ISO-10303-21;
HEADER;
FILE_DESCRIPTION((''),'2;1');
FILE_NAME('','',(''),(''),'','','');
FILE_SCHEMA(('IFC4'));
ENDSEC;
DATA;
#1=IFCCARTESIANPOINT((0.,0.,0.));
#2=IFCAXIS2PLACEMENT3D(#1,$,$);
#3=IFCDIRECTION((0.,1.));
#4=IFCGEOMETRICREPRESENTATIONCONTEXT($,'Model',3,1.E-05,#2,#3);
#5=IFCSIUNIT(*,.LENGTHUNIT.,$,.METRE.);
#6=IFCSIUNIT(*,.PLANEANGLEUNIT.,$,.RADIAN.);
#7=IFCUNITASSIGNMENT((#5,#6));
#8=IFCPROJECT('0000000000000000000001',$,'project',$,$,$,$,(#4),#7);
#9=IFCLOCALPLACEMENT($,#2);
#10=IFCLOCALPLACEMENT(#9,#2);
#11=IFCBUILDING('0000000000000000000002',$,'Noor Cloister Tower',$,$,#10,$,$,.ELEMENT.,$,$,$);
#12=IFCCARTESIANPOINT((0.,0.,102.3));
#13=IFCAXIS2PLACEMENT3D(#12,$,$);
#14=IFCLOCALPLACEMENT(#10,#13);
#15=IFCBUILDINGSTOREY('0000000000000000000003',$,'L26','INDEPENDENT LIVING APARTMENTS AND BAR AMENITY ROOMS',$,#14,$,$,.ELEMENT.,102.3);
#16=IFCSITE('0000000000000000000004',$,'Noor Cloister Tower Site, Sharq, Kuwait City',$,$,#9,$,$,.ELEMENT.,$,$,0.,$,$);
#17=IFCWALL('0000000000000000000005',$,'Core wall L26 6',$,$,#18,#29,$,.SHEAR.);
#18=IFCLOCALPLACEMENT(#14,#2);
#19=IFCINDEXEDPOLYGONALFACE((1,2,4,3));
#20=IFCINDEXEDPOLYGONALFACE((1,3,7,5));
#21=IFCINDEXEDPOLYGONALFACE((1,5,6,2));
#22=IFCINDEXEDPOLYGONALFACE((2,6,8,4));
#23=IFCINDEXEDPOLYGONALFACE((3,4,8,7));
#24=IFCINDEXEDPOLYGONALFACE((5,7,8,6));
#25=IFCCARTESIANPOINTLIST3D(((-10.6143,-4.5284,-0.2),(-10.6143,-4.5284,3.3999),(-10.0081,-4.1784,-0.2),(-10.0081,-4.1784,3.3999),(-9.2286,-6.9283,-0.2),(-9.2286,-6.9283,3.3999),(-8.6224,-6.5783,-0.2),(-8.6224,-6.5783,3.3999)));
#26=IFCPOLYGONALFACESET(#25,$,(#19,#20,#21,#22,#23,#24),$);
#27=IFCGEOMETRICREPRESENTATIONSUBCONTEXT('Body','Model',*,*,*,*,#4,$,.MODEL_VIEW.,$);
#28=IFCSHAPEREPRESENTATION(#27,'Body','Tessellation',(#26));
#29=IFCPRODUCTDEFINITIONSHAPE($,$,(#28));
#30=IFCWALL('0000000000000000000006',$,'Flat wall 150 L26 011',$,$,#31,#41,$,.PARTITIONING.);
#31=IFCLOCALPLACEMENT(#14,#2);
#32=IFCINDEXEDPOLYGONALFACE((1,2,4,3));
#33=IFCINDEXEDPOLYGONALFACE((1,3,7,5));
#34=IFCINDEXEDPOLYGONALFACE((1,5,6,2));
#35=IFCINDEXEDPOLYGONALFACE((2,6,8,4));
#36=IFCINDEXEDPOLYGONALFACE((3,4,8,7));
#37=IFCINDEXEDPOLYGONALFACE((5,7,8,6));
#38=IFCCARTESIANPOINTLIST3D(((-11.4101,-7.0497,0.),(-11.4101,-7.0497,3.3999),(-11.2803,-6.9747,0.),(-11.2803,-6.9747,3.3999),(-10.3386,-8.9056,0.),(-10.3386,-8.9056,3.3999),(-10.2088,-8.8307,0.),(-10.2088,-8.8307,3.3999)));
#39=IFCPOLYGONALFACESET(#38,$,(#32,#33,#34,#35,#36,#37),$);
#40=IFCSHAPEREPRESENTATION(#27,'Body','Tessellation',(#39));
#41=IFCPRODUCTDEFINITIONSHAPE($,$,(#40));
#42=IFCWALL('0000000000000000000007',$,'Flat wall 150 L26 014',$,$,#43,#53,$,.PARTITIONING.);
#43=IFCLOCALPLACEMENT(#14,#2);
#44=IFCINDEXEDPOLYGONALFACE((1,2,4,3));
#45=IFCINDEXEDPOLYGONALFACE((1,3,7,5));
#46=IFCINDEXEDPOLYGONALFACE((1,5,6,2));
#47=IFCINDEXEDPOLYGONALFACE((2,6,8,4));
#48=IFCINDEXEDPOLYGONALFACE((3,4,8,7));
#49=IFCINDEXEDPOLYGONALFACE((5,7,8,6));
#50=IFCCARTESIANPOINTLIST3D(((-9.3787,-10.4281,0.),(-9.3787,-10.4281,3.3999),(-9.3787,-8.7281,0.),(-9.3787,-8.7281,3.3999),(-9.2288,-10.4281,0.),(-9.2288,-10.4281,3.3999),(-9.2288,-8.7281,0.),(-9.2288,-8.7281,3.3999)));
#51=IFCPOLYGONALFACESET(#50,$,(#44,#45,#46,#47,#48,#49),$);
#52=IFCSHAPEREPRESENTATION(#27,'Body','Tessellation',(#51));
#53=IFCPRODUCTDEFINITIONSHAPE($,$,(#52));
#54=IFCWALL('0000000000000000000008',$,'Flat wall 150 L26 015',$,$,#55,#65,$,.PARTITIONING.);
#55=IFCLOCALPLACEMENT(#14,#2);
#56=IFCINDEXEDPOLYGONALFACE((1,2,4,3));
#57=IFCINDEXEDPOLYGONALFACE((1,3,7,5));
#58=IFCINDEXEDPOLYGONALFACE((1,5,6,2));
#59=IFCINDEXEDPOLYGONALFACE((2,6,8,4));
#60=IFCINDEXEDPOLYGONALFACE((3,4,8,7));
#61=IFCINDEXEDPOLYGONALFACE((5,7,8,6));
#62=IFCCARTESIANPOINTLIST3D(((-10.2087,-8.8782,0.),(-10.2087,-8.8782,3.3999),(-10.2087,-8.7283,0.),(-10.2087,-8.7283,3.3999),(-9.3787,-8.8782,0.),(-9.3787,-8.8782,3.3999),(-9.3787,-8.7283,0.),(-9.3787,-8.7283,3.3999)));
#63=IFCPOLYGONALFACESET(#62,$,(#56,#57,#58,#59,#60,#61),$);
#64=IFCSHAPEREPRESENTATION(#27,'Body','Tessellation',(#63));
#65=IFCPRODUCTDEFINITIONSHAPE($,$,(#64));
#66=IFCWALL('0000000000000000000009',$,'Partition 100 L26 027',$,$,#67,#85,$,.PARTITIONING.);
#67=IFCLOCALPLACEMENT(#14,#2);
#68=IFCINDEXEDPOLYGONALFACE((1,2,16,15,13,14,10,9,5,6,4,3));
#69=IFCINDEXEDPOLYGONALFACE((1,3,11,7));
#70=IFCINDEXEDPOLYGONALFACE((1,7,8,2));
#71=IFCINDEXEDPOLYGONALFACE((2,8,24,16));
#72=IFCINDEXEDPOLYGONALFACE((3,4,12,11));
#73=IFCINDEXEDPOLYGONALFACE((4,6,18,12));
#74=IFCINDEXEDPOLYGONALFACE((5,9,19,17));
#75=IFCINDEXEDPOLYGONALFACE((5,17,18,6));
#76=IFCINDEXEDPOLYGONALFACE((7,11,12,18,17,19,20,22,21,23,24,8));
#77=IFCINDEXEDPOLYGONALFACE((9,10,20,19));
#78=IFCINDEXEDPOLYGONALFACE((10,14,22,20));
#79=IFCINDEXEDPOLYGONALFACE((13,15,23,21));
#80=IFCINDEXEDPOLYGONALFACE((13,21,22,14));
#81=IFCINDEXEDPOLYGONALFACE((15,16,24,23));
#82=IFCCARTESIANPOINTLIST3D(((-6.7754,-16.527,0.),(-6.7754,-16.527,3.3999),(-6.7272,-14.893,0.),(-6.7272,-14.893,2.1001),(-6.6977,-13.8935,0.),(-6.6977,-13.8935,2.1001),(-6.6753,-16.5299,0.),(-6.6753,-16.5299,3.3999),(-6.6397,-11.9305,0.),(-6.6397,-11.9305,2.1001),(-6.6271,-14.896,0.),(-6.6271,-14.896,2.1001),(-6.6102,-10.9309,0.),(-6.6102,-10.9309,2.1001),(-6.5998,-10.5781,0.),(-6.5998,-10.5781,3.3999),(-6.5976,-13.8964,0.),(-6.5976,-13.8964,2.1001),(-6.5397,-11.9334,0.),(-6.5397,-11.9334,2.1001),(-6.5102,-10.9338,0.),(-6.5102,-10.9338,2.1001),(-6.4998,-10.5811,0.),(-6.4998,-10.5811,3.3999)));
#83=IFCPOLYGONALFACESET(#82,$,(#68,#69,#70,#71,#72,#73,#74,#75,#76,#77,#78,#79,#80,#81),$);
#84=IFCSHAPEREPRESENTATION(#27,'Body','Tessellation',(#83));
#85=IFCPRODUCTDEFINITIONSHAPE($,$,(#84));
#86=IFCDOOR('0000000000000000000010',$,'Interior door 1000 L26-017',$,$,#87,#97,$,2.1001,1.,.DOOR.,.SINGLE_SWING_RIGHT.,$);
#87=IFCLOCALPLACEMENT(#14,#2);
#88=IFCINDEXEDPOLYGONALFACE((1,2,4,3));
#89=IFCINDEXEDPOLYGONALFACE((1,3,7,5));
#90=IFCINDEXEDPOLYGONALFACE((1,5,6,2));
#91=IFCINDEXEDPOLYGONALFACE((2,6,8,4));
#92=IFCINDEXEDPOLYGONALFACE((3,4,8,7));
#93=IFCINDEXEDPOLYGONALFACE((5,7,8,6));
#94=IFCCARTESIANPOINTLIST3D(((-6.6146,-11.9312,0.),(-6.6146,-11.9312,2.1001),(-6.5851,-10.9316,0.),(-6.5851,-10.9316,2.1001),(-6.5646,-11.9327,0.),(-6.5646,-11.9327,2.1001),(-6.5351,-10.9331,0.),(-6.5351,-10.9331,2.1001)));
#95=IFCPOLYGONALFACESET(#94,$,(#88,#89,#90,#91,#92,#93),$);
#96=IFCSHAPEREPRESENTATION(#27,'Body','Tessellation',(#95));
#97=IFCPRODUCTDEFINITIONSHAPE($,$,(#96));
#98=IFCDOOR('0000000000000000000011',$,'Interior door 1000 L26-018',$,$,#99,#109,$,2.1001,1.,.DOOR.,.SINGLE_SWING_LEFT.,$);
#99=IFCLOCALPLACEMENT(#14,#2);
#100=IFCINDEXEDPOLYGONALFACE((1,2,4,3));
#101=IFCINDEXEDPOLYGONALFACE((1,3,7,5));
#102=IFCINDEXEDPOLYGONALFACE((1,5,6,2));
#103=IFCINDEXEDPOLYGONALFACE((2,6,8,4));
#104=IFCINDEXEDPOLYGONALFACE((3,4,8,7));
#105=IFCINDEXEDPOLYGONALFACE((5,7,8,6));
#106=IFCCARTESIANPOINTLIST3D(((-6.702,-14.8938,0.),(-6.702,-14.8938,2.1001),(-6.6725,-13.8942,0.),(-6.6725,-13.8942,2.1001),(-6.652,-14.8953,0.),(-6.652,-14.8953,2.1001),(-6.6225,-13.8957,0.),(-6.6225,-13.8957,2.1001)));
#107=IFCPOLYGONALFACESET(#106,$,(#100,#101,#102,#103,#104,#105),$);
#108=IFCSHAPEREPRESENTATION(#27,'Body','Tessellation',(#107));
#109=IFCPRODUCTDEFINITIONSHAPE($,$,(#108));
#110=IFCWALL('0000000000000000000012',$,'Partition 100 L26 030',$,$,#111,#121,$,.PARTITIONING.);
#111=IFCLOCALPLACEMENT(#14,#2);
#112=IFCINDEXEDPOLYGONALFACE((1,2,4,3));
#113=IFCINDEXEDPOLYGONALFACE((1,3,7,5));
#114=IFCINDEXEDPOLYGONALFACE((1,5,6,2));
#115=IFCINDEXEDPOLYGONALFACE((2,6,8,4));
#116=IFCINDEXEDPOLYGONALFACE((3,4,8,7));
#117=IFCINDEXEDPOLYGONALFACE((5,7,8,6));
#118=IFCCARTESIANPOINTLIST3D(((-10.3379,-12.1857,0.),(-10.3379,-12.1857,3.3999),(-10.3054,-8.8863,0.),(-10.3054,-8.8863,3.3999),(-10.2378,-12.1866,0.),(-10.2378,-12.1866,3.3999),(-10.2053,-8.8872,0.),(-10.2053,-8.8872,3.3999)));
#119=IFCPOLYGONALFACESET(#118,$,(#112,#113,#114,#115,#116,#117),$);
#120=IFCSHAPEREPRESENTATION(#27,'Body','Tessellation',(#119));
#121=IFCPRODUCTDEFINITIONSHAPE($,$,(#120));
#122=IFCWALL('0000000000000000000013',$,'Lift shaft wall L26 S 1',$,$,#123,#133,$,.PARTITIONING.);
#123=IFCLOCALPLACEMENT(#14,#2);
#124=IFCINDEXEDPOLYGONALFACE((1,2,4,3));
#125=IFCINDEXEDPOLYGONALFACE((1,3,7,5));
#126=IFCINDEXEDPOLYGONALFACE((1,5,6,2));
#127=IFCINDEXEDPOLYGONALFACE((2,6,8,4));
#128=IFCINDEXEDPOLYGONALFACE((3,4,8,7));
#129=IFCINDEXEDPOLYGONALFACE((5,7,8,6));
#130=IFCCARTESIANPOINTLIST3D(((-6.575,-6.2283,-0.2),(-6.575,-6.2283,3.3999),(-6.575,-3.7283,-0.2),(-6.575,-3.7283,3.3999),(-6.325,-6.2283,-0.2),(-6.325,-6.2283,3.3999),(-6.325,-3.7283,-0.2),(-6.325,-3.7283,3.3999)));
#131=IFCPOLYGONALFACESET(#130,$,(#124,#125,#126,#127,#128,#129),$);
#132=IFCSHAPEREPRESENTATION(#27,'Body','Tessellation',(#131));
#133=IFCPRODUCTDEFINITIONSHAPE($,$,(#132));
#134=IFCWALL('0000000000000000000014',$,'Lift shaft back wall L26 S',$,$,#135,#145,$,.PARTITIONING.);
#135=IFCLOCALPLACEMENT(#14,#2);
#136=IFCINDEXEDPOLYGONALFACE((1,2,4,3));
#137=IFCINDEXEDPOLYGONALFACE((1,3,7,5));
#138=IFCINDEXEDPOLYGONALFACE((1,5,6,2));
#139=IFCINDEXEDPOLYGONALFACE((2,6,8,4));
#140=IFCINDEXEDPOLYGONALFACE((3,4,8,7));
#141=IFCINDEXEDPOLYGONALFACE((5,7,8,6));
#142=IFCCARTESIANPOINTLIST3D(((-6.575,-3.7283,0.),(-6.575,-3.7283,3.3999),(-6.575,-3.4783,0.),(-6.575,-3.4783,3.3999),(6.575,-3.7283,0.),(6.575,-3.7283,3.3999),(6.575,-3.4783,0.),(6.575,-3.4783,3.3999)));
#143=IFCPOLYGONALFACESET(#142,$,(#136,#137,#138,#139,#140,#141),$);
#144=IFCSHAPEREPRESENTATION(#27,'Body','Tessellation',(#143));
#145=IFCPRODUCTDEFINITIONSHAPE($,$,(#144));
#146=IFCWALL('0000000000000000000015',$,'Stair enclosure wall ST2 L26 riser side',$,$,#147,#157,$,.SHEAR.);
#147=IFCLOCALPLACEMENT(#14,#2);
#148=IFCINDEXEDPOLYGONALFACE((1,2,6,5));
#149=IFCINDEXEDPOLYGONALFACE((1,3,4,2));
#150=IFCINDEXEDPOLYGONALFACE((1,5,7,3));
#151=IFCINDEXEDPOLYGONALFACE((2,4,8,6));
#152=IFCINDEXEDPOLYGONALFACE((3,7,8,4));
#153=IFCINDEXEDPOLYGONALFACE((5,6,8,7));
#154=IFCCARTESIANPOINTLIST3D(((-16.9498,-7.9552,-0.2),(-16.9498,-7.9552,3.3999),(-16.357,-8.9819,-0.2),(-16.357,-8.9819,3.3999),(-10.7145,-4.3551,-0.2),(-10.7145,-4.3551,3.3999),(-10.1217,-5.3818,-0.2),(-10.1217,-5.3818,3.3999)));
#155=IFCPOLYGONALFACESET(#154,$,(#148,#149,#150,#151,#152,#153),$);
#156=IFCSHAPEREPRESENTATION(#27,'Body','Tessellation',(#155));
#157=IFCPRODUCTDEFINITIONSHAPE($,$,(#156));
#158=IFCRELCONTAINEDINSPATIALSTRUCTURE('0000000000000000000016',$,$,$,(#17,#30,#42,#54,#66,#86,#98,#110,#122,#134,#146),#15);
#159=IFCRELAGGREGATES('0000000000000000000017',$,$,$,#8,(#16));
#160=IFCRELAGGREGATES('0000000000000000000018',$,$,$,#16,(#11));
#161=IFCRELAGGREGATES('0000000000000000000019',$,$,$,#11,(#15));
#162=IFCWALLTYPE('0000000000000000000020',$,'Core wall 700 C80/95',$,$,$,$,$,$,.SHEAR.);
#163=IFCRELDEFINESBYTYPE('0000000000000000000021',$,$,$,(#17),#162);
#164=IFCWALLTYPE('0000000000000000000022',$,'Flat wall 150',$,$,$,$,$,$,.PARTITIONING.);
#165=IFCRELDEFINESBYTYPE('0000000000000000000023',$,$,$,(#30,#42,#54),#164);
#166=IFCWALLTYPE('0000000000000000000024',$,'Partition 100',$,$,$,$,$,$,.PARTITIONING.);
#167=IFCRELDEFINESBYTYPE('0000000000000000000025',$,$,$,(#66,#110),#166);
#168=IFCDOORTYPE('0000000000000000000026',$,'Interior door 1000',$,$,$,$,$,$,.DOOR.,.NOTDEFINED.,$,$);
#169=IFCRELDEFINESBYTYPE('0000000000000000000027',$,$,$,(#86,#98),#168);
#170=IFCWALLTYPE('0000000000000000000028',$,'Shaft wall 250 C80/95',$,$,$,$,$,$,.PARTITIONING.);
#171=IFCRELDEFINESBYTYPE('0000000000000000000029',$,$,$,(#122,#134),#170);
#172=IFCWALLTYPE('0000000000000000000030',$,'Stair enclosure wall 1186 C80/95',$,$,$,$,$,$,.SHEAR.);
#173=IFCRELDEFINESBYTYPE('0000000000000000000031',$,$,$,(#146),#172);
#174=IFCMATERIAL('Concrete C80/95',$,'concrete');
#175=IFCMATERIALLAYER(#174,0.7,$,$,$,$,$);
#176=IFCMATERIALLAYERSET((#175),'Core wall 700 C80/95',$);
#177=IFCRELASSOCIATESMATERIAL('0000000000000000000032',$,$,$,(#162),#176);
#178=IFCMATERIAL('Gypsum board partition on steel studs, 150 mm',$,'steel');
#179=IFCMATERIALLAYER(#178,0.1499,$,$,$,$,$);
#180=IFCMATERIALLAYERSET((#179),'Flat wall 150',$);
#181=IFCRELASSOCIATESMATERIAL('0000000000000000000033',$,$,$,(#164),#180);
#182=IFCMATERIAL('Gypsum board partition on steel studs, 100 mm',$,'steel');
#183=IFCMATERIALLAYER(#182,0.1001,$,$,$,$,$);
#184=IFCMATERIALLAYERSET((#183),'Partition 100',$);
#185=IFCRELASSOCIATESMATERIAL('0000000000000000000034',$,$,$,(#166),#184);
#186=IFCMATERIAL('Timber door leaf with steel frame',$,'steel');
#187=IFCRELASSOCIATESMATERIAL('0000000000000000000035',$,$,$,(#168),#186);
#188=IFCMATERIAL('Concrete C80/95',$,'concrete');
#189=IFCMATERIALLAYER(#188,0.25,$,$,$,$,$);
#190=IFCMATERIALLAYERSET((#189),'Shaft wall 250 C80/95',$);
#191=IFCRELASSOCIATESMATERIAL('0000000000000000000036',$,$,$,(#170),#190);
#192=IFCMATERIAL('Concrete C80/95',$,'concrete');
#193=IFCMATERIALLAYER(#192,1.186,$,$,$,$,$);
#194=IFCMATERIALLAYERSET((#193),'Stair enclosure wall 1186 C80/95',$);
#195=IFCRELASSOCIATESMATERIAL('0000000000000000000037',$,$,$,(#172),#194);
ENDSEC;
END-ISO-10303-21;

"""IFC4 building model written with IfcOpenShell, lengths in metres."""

from ifc_helpers import new_model, si_unit, direction, frame, frame_2d, origin, place, context, subcontext, project, spatial, rectangle, extrude, material, layer, layer_set, type_object, element, fill, save


model = new_model("IFC4")

# Units and contexts
model_context = context("Model", 3, precision=1e-05, world=origin(), true_north=direction((0.0, 1.0)))
body_context = subcontext(model_context, "Body", "Model", "MODEL_VIEW")
ifc_project = project(units=[si_unit("LENGTHUNIT", "METRE"), si_unit("PLANEANGLEUNIT", "RADIAN")], contexts=[model_context])

# Site, building, storey
site_placement = place(None, origin())
site = spatial("IfcSite", under=ifc_project, at=site_placement, Name="Noor Cloister Tower Site, Sharq, Kuwait City", CompositionType="ELEMENT", RefElevation=0.0)
building_placement = place(site_placement, origin())
building = spatial("IfcBuilding", under=site, at=building_placement, Name="Noor Cloister Tower", CompositionType="ELEMENT")
storey_placement = place(building_placement, frame((0.0, 0.0, 102.3)))
storey = spatial("IfcBuildingStorey", under=building, at=storey_placement, Name="L26", Description="INDEPENDENT LIVING APARTMENTS AND BAR AMENITY ROOMS", CompositionType="ELEMENT", Elevation=102.3)

# Shared definitions
ifc_material_1 = material(Name="Concrete C80/95", Category="concrete")
ifc_layer_1 = layer(ifc_material_1, 0.7)
ifc_layer_set_1 = layer_set([ifc_layer_1], Name="Core wall 700 C80/95")
wall_type_1 = type_object("IfcWallType", Name="Core wall 700 C80/95", PredefinedType="SHEAR", material=ifc_layer_set_1)

# Walls
wall_1_placement = place(storey_placement, frame((-10.3113, -4.3533, -0.2), z_axis=(0.0, 0.0, 1.0), x_axis=(0.500043, -0.866001, 0.0)))
element("IfcWall", 1, at=wall_1_placement, inside=storey, type_object=wall_type_1, Name="Core wall L26 6", PredefinedType="SHEAR", context=body_context, shape_type="SweptSolid", body=[
    extrude(rectangle(XDim=2.7712, YDim=0.7, at=frame_2d((1.3857, 0.0))), origin(), (0.0, 0.0, 1.0), 3.5999),
])
ifc_material_2 = material(Name="Gypsum board partition on steel studs, 150 mm", Category="steel")
ifc_layer_2 = layer(ifc_material_2, 0.1499)
ifc_layer_set_2 = layer_set([ifc_layer_2], Name="Flat wall 150")
wall_type_2 = type_object("IfcWallType", Name="Flat wall 150", PredefinedType="PARTITIONING", material=ifc_layer_set_2)
wall_2_placement = place(storey_placement, frame((-11.3452, -7.0122, 0.0), z_axis=(0.0, 0.0, 1.0), x_axis=(0.499999, -0.866026, 0.0)))
element("IfcWall", 2, at=wall_2_placement, inside=storey, type_object=wall_type_2, Name="Flat wall 150 L26 011", PredefinedType="PARTITIONING", context=body_context, shape_type="SweptSolid", body=[
    extrude(rectangle(XDim=2.1431, YDim=0.1499, at=frame_2d((1.0715, 0.0))), origin(), (0.0, 0.0, 1.0), 3.3999),
])
wall_3_placement = place(storey_placement, frame((-9.3037, -10.4282, 0.0), z_axis=(0.0, 0.0, 1.0), x_axis=(0.0, 1.0, 0.0)))
element("IfcWall", 3, at=wall_3_placement, inside=storey, type_object=wall_type_2, Name="Flat wall 150 L26 014", PredefinedType="PARTITIONING", context=body_context, shape_type="SweptSolid", body=[
    extrude(rectangle(XDim=1.7, YDim=0.1499, at=frame_2d((0.8501, 0.0))), origin(), (0.0, 0.0, 1.0), 3.3999),
])
wall_4_placement = place(storey_placement, frame((-10.2087, -8.8032, 0.0), z_axis=(0.0, 0.0, 1.0), x_axis=(1.0, 0.0, 0.0)))
element("IfcWall", 4, at=wall_4_placement, inside=storey, type_object=wall_type_2, Name="Flat wall 150 L26 015", PredefinedType="PARTITIONING", context=body_context, shape_type="SweptSolid", body=[
    extrude(rectangle(XDim=0.8301, YDim=0.1499, at=frame_2d((0.415, 0.0))), origin(), (0.0, 0.0, 1.0), 3.3999),
])

# Wall, openings, doors
ifc_material_3 = material(Name="Gypsum board partition on steel studs, 100 mm", Category="steel")
ifc_layer_3 = layer(ifc_material_3, 0.1001)
ifc_layer_set_3 = layer_set([ifc_layer_3], Name="Partition 100")
wall_type_3 = type_object("IfcWallType", Name="Partition 100", PredefinedType="PARTITIONING", material=ifc_layer_set_3)
wall_5_placement = place(storey_placement, frame((-6.7253, -16.5283, 0.0), z_axis=(0.0, 0.0, 1.0), x_axis=(0.029495, 0.999565, 0.0)))
wall_5 = element("IfcWall", 5, at=wall_5_placement, inside=storey, type_object=wall_type_3, Name="Partition 100 L26 027", PredefinedType="PARTITIONING", context=body_context, shape_type="SweptSolid", body=[
    extrude(rectangle(XDim=5.9514, YDim=0.1001, at=frame_2d((2.9756, 0.0))), origin(), (0.0, 0.0, 1.0), 3.3999),
])
opening_1_placement = place(wall_5_placement, frame((4.5984, 0.0, 0.0)))
opening_1 = element("IfcOpeningElement", 6, at=opening_1_placement, cuts=wall_5, PredefinedType="OPENING", context=body_context, shape_type="SweptSolid", body=[
    extrude(rectangle(XDim=1.0, YDim=2.1001, at=frame_2d((0.5, 1.05))), frame((0.0, 0.0601, 0.0), z_axis=(0.0, -1.0, 0.0), x_axis=(1.0, 0.0, 0.0)), (0.0, 0.0, 1.0), 0.1201),
])
opening_2_placement = place(wall_5_placement, frame((1.6345, 0.0, 0.0)))
opening_2 = element("IfcOpeningElement", 7, at=opening_2_placement, cuts=wall_5, PredefinedType="OPENING", context=body_context, shape_type="SweptSolid", body=[
    extrude(rectangle(XDim=1.0, YDim=2.1001, at=frame_2d((0.5, 1.05))), frame((0.0, 0.0601, 0.0), z_axis=(0.0, -1.0, 0.0), x_axis=(1.0, 0.0, 0.0)), (0.0, 0.0, 1.0), 0.1201),
])
ifc_material_4 = material(Name="Timber door leaf with steel frame", Category="steel")
door_type_1 = type_object("IfcDoorType", Name="Interior door 1000", OperationType="NOTDEFINED", PredefinedType="DOOR", material=ifc_material_4)
door_1_placement = place(opening_1_placement, origin())
door_1 = element("IfcDoor", 8, at=door_1_placement, inside=storey, type_object=door_type_1, Name="Interior door 1000 L26-017", OperationType="SINGLE_SWING_RIGHT", OverallHeight=2.1001, OverallWidth=1.0, PredefinedType="DOOR", context=body_context, shape_type="SweptSolid", body=[
    extrude(rectangle(XDim=1.0, YDim=2.1001, at=frame_2d((0.5, 1.05))), frame((0.0, 0.0249, 0.0), z_axis=(0.0, -1.0, 0.0), x_axis=(1.0, 0.0, 0.0)), (0.0, 0.0, 1.0), 0.05),
])
fill(opening_1, door_1)
door_2_placement = place(opening_2_placement, origin())
door_2 = element("IfcDoor", 9, at=door_2_placement, inside=storey, type_object=door_type_1, Name="Interior door 1000 L26-018", OperationType="SINGLE_SWING_LEFT", OverallHeight=2.1001, OverallWidth=1.0, PredefinedType="DOOR", context=body_context, shape_type="SweptSolid", body=[
    extrude(rectangle(XDim=1.0, YDim=2.1001, at=frame_2d((0.5, 1.05))), frame((0.0, 0.0249, 0.0), z_axis=(0.0, -1.0, 0.0), x_axis=(1.0, 0.0, 0.0)), (0.0, 0.0, 1.0), 0.05),
])
fill(opening_2, door_2)

# Walls
wall_6_placement = place(storey_placement, frame((-10.2878, -12.1863, 0.0), z_axis=(0.0, 0.0, 1.0), x_axis=(0.009841, 0.999952, 0.0)))
element("IfcWall", 10, at=wall_6_placement, inside=storey, type_object=wall_type_3, Name="Partition 100 L26 030", PredefinedType="PARTITIONING", context=body_context, shape_type="SweptSolid", body=[
    extrude(rectangle(XDim=3.2996, YDim=0.1001, at=frame_2d((1.6499, 0.0))), origin(), (0.0, 0.0, 1.0), 3.3999),
])
ifc_material_5 = material(Name="Concrete C80/95", Category="concrete")
ifc_layer_4 = layer(ifc_material_5, 0.25)
ifc_layer_set_4 = layer_set([ifc_layer_4], Name="Shaft wall 250 C80/95")
wall_type_4 = type_object("IfcWallType", Name="Shaft wall 250 C80/95", PredefinedType="PARTITIONING", material=ifc_layer_set_4)
wall_7_placement = place(storey_placement, frame((-6.45, -6.2283, -0.2), z_axis=(0.0, 0.0, 1.0), x_axis=(0.0, 1.0, 0.0)))
element("IfcWall", 11, at=wall_7_placement, inside=storey, type_object=wall_type_4, Name="Lift shaft wall L26 S 1", PredefinedType="PARTITIONING", context=body_context, shape_type="SweptSolid", body=[
    extrude(rectangle(XDim=2.5, YDim=0.25, at=frame_2d((1.25, 0.0))), origin(), (0.0, 0.0, 1.0), 3.5999),
])
wall_8_placement = place(storey_placement, frame((-6.575, -3.6033, 0.0), z_axis=(0.0, 0.0, 1.0), x_axis=(1.0, 0.0, 0.0)))
element("IfcWall", 12, at=wall_8_placement, inside=storey, type_object=wall_type_4, Name="Lift shaft back wall L26 S", PredefinedType="PARTITIONING", context=body_context, shape_type="SweptSolid", body=[
    extrude(rectangle(XDim=13.1499, YDim=0.25, at=frame_2d((6.575, 0.0))), origin(), (0.0, 0.0, 1.0), 3.3999),
])
ifc_material_6 = material(Name="Concrete C80/95", Category="concrete")
ifc_layer_5 = layer(ifc_material_6, 1.186)
ifc_layer_set_5 = layer_set([ifc_layer_5], Name="Stair enclosure wall 1186 C80/95")
wall_type_5 = type_object("IfcWallType", Name="Stair enclosure wall 1186 C80/95", PredefinedType="SHEAR", material=ifc_layer_set_5)
wall_9_placement = place(storey_placement, frame((-10.418, -4.8684, -0.2), z_axis=(0.0, 0.0, 1.0), x_axis=(-0.866018, -0.500012, 0.0)))
element("IfcWall", 13, at=wall_9_placement, inside=storey, type_object=wall_type_5, Name="Stair enclosure wall ST2 L26 riser side", PredefinedType="SHEAR", context=body_context, shape_type="SweptSolid", body=[
    extrude(rectangle(XDim=7.2, YDim=1.1855, at=frame_2d((3.6001, 0.0))), origin(), (0.0, 0.0, 1.0), 3.5999),
])

save(model, "model.ifc")
